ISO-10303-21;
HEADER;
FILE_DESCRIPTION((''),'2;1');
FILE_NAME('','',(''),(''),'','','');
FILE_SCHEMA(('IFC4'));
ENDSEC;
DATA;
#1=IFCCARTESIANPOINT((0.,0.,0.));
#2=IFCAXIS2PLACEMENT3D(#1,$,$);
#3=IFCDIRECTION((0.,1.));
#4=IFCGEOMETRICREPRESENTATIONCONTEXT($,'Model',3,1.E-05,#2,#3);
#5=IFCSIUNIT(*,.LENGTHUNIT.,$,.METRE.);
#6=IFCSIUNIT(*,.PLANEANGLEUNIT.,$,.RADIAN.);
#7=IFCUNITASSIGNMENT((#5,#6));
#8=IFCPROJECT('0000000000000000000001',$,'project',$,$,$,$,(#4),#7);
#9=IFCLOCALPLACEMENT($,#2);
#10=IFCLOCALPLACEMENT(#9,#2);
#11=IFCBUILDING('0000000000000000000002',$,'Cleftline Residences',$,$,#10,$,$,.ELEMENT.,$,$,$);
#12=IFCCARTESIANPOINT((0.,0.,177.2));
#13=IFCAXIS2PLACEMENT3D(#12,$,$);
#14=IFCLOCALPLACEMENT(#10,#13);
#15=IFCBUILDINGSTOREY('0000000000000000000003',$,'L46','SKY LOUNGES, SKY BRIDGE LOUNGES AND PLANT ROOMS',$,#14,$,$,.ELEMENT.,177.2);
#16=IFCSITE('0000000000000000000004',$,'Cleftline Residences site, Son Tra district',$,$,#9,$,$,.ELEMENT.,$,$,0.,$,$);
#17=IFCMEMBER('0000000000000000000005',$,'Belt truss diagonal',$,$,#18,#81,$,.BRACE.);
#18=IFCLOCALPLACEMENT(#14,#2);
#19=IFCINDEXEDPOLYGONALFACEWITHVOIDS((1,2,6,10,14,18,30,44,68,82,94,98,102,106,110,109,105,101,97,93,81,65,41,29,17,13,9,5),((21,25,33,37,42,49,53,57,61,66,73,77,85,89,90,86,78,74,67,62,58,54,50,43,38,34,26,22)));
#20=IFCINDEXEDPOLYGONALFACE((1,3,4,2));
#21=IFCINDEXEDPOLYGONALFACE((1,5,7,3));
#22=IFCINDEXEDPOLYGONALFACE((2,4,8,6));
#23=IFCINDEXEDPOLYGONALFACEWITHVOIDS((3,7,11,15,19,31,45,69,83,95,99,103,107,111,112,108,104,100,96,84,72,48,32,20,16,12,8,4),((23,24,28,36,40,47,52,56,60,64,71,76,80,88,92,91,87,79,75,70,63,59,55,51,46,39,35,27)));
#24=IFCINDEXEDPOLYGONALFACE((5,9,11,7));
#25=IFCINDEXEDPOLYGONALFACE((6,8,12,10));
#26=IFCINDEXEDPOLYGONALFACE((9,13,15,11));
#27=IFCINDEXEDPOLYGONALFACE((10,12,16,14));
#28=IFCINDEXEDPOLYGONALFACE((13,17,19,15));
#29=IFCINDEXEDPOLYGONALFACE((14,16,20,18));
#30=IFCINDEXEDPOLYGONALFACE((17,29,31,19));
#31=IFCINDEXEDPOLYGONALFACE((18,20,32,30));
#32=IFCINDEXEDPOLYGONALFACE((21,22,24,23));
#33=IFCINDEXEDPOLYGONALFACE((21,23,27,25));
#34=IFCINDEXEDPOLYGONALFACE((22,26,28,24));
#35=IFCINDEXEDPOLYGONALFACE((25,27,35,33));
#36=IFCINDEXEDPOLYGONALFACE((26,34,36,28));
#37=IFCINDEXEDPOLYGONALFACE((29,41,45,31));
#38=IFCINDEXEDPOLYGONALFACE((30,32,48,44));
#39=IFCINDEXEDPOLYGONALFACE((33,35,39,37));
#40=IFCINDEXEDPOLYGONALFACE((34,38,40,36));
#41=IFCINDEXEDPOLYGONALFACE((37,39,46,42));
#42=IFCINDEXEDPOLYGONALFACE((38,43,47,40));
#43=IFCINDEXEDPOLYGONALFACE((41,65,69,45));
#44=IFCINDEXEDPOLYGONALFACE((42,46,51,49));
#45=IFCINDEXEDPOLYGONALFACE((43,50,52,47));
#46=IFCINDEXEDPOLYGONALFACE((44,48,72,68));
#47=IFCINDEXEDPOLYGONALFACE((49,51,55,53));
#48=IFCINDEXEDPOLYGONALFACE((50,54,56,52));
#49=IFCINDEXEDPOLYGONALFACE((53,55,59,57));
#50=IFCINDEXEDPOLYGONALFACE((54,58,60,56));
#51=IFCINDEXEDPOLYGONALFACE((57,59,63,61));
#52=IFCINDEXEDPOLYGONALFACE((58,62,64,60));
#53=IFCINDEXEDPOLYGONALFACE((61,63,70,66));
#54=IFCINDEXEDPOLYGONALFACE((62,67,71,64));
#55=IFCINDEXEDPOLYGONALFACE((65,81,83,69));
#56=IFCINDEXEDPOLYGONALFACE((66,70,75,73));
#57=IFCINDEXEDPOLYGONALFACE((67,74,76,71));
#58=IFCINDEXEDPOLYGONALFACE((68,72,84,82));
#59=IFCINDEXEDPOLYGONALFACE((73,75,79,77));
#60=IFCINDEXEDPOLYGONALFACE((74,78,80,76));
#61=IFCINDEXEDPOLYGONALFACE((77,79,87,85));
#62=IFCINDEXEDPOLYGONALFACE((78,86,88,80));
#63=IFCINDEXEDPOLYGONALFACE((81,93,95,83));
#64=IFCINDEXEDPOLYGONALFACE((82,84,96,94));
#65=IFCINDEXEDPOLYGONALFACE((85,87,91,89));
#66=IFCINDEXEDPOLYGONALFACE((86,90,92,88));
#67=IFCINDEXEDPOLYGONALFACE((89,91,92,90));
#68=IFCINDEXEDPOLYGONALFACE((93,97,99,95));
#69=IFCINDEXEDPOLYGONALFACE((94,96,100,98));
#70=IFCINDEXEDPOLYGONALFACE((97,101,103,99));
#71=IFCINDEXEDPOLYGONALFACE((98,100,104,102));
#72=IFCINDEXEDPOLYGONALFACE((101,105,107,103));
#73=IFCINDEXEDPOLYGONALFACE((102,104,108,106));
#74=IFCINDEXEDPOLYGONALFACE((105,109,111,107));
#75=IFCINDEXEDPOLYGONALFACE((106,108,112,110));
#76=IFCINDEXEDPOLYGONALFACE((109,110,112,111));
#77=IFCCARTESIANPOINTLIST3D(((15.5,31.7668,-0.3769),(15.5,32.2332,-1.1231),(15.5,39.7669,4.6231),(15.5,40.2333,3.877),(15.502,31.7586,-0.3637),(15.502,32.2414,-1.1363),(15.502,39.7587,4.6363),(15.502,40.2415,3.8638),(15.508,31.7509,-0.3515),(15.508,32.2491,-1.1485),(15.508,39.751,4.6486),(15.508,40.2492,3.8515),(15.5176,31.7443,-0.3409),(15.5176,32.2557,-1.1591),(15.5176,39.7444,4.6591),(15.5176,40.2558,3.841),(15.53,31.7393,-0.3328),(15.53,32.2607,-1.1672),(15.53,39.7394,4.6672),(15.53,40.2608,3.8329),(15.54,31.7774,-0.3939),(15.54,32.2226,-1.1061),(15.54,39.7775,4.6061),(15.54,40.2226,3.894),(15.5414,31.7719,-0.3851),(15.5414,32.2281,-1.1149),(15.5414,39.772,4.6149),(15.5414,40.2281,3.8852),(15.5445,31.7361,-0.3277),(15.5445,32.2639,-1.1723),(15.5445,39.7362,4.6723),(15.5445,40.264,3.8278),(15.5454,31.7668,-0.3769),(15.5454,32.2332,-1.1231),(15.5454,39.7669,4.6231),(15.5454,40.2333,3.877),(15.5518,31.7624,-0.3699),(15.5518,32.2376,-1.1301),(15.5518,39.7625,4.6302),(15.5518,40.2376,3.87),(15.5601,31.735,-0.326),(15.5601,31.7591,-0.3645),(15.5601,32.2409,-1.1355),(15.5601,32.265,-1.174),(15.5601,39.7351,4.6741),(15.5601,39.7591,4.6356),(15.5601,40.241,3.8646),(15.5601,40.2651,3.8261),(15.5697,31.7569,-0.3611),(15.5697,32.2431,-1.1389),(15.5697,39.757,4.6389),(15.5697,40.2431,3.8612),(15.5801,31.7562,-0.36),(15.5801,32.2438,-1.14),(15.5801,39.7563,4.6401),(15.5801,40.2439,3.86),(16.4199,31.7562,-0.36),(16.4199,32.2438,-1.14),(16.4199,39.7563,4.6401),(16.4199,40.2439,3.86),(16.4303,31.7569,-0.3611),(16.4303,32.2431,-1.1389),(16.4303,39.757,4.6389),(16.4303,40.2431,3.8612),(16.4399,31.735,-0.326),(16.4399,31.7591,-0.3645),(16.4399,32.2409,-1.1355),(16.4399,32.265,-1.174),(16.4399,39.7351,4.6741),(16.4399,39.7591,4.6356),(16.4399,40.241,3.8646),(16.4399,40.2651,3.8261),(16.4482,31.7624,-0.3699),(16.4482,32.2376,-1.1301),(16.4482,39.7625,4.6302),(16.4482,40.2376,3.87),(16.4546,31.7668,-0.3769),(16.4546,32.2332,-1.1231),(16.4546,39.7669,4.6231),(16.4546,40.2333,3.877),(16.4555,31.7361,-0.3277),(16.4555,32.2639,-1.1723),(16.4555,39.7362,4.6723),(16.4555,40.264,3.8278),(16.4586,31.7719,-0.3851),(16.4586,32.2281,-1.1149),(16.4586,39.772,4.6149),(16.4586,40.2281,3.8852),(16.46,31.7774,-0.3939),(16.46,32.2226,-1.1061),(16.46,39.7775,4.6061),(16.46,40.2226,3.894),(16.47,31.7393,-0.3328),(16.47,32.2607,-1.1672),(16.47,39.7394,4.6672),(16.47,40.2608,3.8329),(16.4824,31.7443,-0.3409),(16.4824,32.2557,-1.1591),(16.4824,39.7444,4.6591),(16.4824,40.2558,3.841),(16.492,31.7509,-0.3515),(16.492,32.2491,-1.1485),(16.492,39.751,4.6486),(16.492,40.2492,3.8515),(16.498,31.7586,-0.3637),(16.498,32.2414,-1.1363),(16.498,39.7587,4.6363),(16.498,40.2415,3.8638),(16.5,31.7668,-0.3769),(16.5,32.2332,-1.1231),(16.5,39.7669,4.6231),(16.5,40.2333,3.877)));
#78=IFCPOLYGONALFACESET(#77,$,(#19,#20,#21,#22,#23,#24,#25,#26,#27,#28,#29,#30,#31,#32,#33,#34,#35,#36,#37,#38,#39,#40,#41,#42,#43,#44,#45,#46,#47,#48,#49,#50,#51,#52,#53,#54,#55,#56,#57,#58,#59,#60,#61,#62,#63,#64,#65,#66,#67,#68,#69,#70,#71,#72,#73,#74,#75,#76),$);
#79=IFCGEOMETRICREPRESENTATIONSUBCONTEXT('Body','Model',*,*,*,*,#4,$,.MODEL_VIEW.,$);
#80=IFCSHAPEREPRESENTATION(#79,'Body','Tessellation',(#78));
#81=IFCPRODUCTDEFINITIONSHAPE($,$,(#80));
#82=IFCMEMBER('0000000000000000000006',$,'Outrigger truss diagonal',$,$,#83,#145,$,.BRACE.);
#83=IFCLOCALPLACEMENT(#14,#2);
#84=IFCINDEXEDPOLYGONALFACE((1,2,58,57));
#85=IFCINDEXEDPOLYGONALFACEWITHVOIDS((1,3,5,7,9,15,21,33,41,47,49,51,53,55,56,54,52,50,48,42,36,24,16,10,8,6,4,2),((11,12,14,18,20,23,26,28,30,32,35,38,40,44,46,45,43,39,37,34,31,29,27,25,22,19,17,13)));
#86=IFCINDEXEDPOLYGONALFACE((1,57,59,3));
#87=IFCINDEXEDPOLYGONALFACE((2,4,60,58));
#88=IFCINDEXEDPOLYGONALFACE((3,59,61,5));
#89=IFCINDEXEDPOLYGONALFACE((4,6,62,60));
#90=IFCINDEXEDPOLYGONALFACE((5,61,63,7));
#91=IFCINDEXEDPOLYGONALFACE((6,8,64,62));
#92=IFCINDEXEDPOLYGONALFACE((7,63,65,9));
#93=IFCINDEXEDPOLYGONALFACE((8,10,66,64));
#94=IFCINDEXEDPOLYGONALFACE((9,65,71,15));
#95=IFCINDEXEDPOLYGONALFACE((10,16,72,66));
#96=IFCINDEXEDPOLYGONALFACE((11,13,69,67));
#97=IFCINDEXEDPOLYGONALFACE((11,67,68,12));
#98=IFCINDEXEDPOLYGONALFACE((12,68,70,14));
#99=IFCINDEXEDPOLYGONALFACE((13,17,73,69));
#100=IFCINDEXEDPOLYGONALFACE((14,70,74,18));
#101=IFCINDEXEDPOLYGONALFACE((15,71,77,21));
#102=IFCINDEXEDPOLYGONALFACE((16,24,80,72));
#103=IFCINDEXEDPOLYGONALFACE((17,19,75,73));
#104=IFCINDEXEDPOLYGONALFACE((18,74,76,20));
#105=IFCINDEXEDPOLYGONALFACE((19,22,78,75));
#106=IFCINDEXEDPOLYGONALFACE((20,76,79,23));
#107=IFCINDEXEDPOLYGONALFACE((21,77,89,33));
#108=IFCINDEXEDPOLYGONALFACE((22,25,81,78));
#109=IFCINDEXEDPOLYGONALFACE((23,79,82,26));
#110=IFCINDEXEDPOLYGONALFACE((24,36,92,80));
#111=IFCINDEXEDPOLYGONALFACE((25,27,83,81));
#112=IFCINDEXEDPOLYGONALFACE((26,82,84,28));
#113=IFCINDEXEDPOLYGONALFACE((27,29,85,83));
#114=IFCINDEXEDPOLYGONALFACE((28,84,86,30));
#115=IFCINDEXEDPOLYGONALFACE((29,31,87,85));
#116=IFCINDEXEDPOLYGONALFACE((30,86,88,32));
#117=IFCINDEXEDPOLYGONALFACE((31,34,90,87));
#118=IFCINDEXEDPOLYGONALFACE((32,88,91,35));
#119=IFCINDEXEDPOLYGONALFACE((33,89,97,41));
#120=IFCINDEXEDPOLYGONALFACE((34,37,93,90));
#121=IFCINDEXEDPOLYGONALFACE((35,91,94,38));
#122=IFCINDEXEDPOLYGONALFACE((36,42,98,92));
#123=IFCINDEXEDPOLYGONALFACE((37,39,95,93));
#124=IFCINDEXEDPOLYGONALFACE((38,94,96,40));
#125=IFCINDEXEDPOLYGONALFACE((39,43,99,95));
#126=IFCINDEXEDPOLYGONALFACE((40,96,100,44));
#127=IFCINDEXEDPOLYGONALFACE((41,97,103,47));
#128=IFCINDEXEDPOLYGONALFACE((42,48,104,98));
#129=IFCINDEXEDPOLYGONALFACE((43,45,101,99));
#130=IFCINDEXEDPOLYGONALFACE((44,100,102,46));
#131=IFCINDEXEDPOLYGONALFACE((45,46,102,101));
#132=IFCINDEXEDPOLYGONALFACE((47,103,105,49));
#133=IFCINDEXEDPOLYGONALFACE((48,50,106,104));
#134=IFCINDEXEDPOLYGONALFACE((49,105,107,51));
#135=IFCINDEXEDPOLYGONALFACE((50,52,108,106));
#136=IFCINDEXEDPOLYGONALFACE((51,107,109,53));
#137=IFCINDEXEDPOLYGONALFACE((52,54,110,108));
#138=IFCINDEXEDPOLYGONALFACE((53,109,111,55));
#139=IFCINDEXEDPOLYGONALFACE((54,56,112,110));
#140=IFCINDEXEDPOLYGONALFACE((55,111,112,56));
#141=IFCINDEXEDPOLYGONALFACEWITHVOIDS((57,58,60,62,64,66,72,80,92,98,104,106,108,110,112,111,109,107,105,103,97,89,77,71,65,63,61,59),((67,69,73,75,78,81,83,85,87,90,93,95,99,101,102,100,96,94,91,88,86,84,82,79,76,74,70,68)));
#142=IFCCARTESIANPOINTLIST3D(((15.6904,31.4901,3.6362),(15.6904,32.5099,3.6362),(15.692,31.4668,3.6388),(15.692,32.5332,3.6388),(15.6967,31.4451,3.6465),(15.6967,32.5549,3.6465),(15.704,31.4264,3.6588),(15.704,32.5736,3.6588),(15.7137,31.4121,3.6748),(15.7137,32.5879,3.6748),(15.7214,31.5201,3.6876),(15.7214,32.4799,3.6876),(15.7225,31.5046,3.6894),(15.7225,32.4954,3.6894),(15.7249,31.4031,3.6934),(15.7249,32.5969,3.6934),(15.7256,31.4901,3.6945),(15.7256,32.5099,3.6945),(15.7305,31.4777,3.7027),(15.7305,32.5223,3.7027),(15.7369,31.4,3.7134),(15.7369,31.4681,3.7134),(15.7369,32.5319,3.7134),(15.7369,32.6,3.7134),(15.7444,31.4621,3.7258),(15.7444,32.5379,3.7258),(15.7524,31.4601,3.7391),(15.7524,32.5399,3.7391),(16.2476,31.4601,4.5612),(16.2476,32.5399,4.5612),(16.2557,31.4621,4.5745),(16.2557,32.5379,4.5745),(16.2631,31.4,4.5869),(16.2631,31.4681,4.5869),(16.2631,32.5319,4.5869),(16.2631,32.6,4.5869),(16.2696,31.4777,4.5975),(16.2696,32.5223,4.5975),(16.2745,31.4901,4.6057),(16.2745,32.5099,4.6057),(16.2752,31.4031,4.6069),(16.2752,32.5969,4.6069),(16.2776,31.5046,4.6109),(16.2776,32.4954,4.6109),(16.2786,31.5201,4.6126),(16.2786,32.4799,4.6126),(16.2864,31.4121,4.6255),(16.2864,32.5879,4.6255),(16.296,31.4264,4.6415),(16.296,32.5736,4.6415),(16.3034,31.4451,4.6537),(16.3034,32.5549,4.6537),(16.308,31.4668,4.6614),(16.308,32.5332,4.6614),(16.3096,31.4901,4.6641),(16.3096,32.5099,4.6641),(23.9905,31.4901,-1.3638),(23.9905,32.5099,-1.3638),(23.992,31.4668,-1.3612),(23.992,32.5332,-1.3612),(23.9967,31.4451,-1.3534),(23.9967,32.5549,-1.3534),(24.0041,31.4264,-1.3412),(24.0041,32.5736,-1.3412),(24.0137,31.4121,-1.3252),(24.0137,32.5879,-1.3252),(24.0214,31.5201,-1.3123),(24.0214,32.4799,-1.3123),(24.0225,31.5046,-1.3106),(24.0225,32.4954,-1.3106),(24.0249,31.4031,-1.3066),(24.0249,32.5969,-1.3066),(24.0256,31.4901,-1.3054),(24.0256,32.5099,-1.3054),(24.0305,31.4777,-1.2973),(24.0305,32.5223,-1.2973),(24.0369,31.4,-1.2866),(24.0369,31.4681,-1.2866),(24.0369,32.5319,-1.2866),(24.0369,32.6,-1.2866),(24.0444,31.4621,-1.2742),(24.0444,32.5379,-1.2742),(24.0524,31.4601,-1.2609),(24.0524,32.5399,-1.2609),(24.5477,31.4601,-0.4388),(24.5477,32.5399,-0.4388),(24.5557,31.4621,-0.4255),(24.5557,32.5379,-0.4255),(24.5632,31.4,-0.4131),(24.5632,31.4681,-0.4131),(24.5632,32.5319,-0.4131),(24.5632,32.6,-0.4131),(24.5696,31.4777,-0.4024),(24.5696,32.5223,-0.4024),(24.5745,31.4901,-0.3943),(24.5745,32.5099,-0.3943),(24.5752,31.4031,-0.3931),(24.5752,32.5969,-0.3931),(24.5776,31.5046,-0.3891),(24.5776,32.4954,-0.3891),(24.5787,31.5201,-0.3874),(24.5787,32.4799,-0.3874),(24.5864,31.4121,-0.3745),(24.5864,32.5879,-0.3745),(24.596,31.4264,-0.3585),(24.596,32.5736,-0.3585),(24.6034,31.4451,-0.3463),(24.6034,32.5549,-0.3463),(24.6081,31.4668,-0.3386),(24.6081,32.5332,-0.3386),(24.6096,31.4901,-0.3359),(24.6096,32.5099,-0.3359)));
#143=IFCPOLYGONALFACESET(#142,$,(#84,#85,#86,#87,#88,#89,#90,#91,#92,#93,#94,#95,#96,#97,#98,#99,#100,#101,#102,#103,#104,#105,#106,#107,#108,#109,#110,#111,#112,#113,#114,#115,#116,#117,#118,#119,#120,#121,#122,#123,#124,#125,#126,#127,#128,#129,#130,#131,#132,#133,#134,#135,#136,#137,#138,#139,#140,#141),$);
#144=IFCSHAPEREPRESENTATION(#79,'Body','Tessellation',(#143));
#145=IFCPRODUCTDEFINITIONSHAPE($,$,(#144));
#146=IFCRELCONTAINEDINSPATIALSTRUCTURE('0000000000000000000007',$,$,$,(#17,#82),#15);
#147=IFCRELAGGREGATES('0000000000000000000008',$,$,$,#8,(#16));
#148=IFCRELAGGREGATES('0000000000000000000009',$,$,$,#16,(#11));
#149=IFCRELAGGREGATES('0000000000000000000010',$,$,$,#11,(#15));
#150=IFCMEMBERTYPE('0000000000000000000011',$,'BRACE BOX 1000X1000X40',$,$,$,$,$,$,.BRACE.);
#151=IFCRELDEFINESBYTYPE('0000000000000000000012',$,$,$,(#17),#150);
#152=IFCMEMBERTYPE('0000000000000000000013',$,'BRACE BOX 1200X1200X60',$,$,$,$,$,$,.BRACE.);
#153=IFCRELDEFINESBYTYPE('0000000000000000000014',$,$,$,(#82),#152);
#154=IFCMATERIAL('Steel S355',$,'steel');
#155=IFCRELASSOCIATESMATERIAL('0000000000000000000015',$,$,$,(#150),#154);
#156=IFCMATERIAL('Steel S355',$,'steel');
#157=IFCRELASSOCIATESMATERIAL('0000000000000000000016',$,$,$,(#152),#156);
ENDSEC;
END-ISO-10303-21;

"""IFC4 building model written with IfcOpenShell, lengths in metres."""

from ifc_helpers import new_model, si_unit, direction, frame, origin, origin_2d, place, context, subcontext, project, spatial, hollow_rectangle, extrude, material, material_profile, profile_set, type_object, element, save


model = new_model("IFC4")

# Units and contexts
model_context = context("Model", 3, precision=1e-05, world=origin(), true_north=direction((0.0, 1.0)))
body_context = subcontext(model_context, "Body", "Model", "MODEL_VIEW")
ifc_project = project(units=[si_unit("LENGTHUNIT", "METRE"), si_unit("PLANEANGLEUNIT", "RADIAN")], contexts=[model_context])

# Site, building, storey
site_placement = place(None, origin())
site = spatial("IfcSite", under=ifc_project, at=site_placement, Name="Cleftline Residences site, Son Tra district", CompositionType="ELEMENT", RefElevation=0.0)
building_placement = place(site_placement, origin())
building = spatial("IfcBuilding", under=site, at=building_placement, Name="Cleftline Residences", CompositionType="ELEMENT")
storey_placement = place(building_placement, frame((0.0, 0.0, 177.2)))
storey = spatial("IfcBuildingStorey", under=building, at=storey_placement, Name="L46", Description="SKY LOUNGES, SKY BRIDGE LOUNGES AND PLANT ROOMS", CompositionType="ELEMENT", Elevation=177.2)

# Members
ifc_material_1 = material(Name="Steel S355", Category="steel")
ifc_material_profile_1 = material_profile(ifc_material_1, hollow_rectangle(XDim=1.0, YDim=1.0, WallThickness=0.04, InnerFilletRadius=0.04, OuterFilletRadius=0.0601, at=origin_2d()))
ifc_profile_set_1 = profile_set([ifc_material_profile_1], Name="Steel S355")
member_type_1 = type_object("IfcMemberType", Name="BRACE BOX 1000X1000X40", PredefinedType="BRACE", material=ifc_profile_set_1)
member_1_placement = place(storey_placement, frame((16.0, 32.0, -0.75), z_axis=(0.0, 0.847998, 0.529999), x_axis=(0.0, -0.529999, 0.847998)))
element("IfcMember", 1, at=member_1_placement, inside=storey, type_object=member_type_1, Name="Belt truss diagonal", PredefinedType="BRACE", context=body_context, shape_type="SweptSolid", body=[
    extrude(hollow_rectangle(XDim=1.0, YDim=1.0, WallThickness=0.04, InnerFilletRadius=0.04, OuterFilletRadius=0.0601, at=origin_2d()), origin(), (0.0, 0.0, 1.0), 9.4341),
])
ifc_material_2 = material(Name="Steel S355", Category="steel")
ifc_material_profile_2 = material_profile(ifc_material_2, hollow_rectangle(XDim=1.2, YDim=1.2, WallThickness=0.0601, InnerFilletRadius=0.0601, OuterFilletRadius=0.0901, at=origin_2d()))
ifc_profile_set_2 = profile_set([ifc_material_profile_2], Name="Steel S355")
member_type_2 = type_object("IfcMemberType", Name="BRACE BOX 1200X1200X60", PredefinedType="BRACE", material=ifc_profile_set_2)
member_2_placement = place(storey_placement, frame((24.3, 32.0, -0.8499), z_axis=(-0.856582, 0.0, 0.51601), x_axis=(0.51601, 0.0, 0.856582)))
element("IfcMember", 2, at=member_2_placement, inside=storey, type_object=member_type_2, Name="Outrigger truss diagonal", PredefinedType="BRACE", context=body_context, shape_type="SweptSolid", body=[
    extrude(hollow_rectangle(XDim=1.2, YDim=1.2, WallThickness=0.0601, InnerFilletRadius=0.0601, OuterFilletRadius=0.0901, at=origin_2d()), origin(), (0.0, 0.0, 1.0), 9.6897),
])

save(model, "model.ifc")
